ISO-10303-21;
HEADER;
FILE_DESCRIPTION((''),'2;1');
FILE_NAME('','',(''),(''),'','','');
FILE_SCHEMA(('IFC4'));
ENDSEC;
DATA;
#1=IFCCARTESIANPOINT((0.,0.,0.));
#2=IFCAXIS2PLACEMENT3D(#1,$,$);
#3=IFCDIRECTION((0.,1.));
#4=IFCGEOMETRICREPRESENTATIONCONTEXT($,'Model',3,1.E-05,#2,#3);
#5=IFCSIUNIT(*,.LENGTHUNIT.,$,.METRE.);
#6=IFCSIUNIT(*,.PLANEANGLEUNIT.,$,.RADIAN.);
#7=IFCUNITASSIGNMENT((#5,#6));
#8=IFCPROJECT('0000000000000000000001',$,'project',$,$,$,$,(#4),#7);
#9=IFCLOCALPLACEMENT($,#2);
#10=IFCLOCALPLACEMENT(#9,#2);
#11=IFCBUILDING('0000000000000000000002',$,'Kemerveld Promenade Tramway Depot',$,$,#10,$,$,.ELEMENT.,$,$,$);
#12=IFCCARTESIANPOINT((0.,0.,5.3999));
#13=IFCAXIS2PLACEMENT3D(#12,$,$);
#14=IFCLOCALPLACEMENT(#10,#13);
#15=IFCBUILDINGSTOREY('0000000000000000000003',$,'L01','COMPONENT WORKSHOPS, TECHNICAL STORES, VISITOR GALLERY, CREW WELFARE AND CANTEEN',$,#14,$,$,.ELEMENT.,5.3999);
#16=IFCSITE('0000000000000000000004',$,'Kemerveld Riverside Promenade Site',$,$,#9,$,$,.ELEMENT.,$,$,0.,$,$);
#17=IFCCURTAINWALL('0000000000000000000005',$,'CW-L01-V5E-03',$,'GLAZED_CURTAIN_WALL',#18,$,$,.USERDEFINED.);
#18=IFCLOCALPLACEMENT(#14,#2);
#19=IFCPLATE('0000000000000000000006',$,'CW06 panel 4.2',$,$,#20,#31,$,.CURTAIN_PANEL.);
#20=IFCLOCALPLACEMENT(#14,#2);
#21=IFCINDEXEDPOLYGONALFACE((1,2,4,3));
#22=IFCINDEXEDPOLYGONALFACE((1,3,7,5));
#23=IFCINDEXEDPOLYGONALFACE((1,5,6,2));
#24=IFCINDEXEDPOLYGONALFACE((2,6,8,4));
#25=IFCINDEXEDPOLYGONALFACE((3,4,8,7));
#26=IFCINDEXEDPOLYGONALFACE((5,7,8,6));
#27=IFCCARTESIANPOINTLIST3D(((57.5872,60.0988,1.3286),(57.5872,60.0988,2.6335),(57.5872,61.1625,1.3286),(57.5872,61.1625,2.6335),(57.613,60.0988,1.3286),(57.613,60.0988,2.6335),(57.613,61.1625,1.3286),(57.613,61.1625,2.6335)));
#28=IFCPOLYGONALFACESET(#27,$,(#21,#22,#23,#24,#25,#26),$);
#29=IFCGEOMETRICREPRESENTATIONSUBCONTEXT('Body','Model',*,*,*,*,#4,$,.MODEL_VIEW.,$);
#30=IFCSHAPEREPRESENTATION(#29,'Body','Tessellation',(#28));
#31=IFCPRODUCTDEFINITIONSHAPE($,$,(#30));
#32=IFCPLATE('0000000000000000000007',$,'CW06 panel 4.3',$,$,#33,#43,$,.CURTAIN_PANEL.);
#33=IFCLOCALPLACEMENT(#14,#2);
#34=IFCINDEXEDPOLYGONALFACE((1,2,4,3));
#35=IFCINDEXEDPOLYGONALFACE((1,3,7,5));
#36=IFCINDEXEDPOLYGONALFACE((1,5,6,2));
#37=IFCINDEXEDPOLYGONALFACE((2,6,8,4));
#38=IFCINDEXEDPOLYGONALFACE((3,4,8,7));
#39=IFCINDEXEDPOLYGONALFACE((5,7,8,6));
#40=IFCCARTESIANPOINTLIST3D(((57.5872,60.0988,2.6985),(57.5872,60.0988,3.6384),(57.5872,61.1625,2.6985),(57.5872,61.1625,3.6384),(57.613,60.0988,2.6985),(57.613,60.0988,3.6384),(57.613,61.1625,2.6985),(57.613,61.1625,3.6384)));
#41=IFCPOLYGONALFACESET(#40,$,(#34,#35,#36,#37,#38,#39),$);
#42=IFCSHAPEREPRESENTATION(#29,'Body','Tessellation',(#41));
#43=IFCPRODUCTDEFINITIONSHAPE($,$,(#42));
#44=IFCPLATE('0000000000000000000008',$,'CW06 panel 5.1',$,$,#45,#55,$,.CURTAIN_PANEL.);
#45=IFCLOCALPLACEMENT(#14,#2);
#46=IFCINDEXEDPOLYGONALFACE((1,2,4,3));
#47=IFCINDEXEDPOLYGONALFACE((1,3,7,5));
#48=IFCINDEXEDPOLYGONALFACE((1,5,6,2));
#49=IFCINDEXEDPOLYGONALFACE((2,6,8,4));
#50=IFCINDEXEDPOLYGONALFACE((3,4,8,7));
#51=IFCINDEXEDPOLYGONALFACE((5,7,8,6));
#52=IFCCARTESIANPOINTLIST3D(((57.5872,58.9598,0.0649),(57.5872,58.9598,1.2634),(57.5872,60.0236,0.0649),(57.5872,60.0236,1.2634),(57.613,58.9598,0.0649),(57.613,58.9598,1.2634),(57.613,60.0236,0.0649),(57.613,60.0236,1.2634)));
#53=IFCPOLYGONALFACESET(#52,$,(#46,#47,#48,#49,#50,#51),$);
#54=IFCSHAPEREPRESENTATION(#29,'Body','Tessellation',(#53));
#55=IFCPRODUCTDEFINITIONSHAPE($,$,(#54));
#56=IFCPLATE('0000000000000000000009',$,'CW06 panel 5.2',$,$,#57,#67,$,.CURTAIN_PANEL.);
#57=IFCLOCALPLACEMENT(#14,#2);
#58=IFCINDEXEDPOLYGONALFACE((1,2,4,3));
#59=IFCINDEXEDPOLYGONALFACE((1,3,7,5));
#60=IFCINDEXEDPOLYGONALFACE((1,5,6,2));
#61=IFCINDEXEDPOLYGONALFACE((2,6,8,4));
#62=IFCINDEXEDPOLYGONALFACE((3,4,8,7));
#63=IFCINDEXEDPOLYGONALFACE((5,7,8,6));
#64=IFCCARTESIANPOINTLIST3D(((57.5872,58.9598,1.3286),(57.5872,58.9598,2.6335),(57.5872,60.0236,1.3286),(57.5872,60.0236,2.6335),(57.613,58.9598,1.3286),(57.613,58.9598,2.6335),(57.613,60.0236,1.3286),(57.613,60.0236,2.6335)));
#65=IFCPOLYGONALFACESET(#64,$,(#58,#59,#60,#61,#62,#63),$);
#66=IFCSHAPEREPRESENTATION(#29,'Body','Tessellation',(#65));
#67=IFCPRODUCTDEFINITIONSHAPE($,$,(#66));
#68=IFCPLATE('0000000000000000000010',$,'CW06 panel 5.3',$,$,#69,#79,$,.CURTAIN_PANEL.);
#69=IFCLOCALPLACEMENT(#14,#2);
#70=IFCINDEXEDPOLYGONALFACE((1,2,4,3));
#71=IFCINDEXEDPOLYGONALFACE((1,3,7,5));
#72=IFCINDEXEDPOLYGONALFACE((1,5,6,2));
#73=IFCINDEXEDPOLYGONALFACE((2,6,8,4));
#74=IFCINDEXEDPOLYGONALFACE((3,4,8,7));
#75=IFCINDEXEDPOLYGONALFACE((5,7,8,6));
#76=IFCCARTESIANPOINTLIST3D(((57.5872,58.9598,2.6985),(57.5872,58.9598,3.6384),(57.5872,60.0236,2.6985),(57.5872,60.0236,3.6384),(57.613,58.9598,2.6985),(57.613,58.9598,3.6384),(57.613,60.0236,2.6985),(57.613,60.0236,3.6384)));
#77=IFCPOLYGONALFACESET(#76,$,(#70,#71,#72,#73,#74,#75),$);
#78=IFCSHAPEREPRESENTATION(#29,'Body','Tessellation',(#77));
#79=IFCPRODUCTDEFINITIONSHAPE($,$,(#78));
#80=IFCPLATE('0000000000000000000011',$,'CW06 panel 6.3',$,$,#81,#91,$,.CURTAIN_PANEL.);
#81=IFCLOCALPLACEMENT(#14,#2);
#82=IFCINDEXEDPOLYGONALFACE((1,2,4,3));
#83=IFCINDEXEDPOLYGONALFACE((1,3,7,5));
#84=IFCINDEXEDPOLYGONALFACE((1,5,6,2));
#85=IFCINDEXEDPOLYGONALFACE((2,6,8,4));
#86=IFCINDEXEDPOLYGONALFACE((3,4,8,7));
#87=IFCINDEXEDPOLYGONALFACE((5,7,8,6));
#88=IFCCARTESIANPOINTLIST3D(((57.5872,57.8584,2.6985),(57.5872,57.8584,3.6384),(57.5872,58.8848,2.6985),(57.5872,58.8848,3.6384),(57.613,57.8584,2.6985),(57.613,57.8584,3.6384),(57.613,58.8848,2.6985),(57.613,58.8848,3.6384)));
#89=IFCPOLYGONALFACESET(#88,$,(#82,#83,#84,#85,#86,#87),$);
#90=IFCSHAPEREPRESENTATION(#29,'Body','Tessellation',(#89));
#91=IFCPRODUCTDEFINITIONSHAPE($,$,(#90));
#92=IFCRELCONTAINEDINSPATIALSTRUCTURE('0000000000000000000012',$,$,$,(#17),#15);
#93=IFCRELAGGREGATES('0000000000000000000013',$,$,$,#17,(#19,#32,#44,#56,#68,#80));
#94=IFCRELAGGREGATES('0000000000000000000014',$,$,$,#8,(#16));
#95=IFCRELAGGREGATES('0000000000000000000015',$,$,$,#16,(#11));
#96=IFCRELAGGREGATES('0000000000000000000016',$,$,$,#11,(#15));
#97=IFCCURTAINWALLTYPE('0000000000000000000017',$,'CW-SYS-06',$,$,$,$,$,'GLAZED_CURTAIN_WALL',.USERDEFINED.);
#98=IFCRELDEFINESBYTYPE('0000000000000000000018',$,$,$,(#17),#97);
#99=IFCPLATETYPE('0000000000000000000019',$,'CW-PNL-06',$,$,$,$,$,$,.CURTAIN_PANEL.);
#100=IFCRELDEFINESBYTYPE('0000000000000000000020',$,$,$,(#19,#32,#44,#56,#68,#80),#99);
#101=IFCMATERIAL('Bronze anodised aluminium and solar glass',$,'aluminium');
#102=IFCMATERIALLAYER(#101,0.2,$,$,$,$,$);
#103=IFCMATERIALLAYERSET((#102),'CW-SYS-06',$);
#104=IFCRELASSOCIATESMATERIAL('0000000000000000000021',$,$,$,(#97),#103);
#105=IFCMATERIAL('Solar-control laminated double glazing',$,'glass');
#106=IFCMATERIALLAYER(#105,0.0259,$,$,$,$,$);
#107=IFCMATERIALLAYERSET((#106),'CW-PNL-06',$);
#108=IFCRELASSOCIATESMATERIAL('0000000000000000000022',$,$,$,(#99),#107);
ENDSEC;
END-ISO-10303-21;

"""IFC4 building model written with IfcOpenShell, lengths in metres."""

from ifc_helpers import new_model, si_unit, direction, frame, origin, origin_2d, place, context, subcontext, project, spatial, rectangle, extrude, material, layer, layer_set, type_object, element, aggregate, save


model = new_model("IFC4")

# Units and contexts
model_context = context("Model", 3, precision=1e-05, world=origin(), true_north=direction((0.0, 1.0)))
body_context = subcontext(model_context, "Body", "Model", "MODEL_VIEW")
ifc_project = project(units=[si_unit("LENGTHUNIT", "METRE"), si_unit("PLANEANGLEUNIT", "RADIAN")], contexts=[model_context])

# Site, building, storey
site_placement = place(None, origin())
site = spatial("IfcSite", under=ifc_project, at=site_placement, Name="Kemerveld Riverside Promenade Site", CompositionType="ELEMENT", RefElevation=0.0)
building_placement = place(site_placement, origin())
building = spatial("IfcBuilding", under=site, at=building_placement, Name="Kemerveld Promenade Tramway Depot", CompositionType="ELEMENT")
storey_placement = place(building_placement, frame((0.0, 0.0, 5.3999)))
storey = spatial("IfcBuildingStorey", under=building, at=storey_placement, Name="L01", Description="COMPONENT WORKSHOPS, TECHNICAL STORES, VISITOR GALLERY, CREW WELFARE AND CANTEEN", CompositionType="ELEMENT", Elevation=5.3999)

# Curtain wall, plates
ifc_material_1 = material(Name="Bronze anodised aluminium and solar glass", Category="aluminium")
ifc_layer_1 = layer(ifc_material_1, 0.2)
ifc_layer_set_1 = layer_set([ifc_layer_1], Name="CW-SYS-06")
curtain_wall_type = type_object("IfcCurtainWallType", Name="CW-SYS-06", ElementType="GLAZED_CURTAIN_WALL", PredefinedType="USERDEFINED", material=ifc_layer_set_1)
curtain_wall_placement = place(storey_placement, origin())
curtain_wall = element("IfcCurtainWall", 1, at=curtain_wall_placement, inside=storey, type_object=curtain_wall_type, Name="CW-L01-V5E-03", ObjectType="GLAZED_CURTAIN_WALL", PredefinedType="USERDEFINED")
ifc_material_2 = material(Name="Solar-control laminated double glazing", Category="glass")
ifc_layer_2 = layer(ifc_material_2, 0.0259)
ifc_layer_set_2 = layer_set([ifc_layer_2], Name="CW-PNL-06")
plate_type = type_object("IfcPlateType", Name="CW-PNL-06", PredefinedType="CURTAIN_PANEL", material=ifc_layer_set_2)
plate_1_placement = place(storey_placement, frame((57.6001, 60.6306, 1.3286), z_axis=(0.0, 0.0, 1.0), x_axis=(0.0, -1.0, 0.0)))
plate_1 = element("IfcPlate", 2, at=plate_1_placement, type_object=plate_type, Name="CW06 panel 4.2", PredefinedType="CURTAIN_PANEL", context=body_context, shape_type="SweptSolid", body=[
    extrude(rectangle(XDim=1.0637, YDim=0.0259, at=origin_2d()), origin(), (0.0, 0.0, 1.0), 1.3049),
])
plate_2_placement = place(storey_placement, frame((57.6001, 60.6306, 2.6985), z_axis=(0.0, 0.0, 1.0), x_axis=(0.0, -1.0, 0.0)))
plate_2 = element("IfcPlate", 3, at=plate_2_placement, type_object=plate_type, Name="CW06 panel 4.3", PredefinedType="CURTAIN_PANEL", context=body_context, shape_type="SweptSolid", body=[
    extrude(rectangle(XDim=1.0637, YDim=0.0259, at=origin_2d()), origin(), (0.0, 0.0, 1.0), 0.9399),
])
plate_3_placement = place(storey_placement, frame((57.6001, 59.4917, 0.0649), z_axis=(0.0, 0.0, 1.0), x_axis=(0.0, -1.0, 0.0)))
plate_3 = element("IfcPlate", 4, at=plate_3_placement, type_object=plate_type, Name="CW06 panel 5.1", PredefinedType="CURTAIN_PANEL", context=body_context, shape_type="SweptSolid", body=[
    extrude(rectangle(XDim=1.0637, YDim=0.0259, at=origin_2d()), origin(), (0.0, 0.0, 1.0), 1.1985),
])
plate_4_placement = place(storey_placement, frame((57.6001, 59.4917, 1.3286), z_axis=(0.0, 0.0, 1.0), x_axis=(0.0, -1.0, 0.0)))
plate_4 = element("IfcPlate", 5, at=plate_4_placement, type_object=plate_type, Name="CW06 panel 5.2", PredefinedType="CURTAIN_PANEL", context=body_context, shape_type="SweptSolid", body=[
    extrude(rectangle(XDim=1.0637, YDim=0.0259, at=origin_2d()), origin(), (0.0, 0.0, 1.0), 1.3049),
])
plate_5_placement = place(storey_placement, frame((57.6001, 59.4917, 2.6985), z_axis=(0.0, 0.0, 1.0), x_axis=(0.0, -1.0, 0.0)))
plate_5 = element("IfcPlate", 6, at=plate_5_placement, type_object=plate_type, Name="CW06 panel 5.3", PredefinedType="CURTAIN_PANEL", context=body_context, shape_type="SweptSolid", body=[
    extrude(rectangle(XDim=1.0637, YDim=0.0259, at=origin_2d()), origin(), (0.0, 0.0, 1.0), 0.9399),
])
plate_6_placement = place(storey_placement, frame((57.6001, 58.3716, 2.6985), z_axis=(0.0, 0.0, 1.0), x_axis=(0.0, -1.0, 0.0)))
plate_6 = element("IfcPlate", 7, at=plate_6_placement, type_object=plate_type, Name="CW06 panel 6.3", PredefinedType="CURTAIN_PANEL", context=body_context, shape_type="SweptSolid", body=[
    extrude(rectangle(XDim=1.0264, YDim=0.0259, at=origin_2d()), origin(), (0.0, 0.0, 1.0), 0.9399),
])
aggregate(curtain_wall, [plate_1, plate_2, plate_3, plate_4, plate_5, plate_6])

save(model, "model.ifc")
